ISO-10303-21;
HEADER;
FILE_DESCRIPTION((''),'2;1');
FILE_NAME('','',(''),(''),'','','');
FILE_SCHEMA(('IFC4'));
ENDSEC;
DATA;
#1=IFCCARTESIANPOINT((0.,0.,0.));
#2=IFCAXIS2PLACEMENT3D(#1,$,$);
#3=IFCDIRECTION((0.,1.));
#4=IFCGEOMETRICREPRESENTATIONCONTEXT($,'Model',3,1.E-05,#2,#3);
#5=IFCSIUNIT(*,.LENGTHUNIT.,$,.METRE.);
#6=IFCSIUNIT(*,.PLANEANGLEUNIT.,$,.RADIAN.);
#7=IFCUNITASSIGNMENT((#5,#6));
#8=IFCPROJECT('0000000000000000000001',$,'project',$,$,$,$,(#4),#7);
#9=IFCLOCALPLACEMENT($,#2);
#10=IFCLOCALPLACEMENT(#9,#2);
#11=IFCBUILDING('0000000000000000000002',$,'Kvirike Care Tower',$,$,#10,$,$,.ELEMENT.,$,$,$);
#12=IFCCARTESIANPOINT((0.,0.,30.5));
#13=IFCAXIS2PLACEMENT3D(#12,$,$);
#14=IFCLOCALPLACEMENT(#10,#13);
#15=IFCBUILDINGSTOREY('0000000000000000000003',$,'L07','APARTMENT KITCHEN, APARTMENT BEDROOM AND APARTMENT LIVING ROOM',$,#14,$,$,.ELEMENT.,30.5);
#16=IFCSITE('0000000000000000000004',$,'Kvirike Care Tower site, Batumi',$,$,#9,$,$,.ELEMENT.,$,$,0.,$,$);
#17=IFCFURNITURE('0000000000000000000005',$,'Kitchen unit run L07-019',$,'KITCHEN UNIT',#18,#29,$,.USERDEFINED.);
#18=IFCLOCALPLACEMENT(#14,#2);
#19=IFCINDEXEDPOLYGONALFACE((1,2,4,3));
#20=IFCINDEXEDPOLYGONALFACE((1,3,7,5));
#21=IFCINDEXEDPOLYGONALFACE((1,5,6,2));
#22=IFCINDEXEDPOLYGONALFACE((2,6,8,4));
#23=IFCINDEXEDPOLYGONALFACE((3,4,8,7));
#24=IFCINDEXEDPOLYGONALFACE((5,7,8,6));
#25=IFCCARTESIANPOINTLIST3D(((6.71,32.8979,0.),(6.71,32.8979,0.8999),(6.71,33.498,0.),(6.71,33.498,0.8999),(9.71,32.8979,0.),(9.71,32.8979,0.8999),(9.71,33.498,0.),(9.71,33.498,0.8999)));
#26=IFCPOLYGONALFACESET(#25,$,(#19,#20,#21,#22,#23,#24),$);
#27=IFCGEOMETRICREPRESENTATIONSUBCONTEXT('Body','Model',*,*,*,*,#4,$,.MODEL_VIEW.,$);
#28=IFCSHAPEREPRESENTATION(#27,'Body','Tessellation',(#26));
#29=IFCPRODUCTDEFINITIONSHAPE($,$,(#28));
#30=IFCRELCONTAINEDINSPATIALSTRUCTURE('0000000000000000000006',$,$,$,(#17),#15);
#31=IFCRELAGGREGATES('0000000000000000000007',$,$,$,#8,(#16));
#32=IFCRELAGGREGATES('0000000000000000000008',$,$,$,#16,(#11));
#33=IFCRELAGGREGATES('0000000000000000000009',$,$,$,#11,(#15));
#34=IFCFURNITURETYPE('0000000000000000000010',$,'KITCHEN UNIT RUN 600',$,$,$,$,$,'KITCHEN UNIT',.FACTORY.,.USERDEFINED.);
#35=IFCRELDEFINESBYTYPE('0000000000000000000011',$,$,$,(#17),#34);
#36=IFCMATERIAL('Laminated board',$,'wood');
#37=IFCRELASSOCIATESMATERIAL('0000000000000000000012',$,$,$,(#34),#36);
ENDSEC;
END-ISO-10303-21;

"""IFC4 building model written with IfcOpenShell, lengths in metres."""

from ifc_helpers import new_model, si_unit, direction, frame, origin, origin_2d, place, context, subcontext, project, spatial, rectangle, extrude, material, type_object, element, save


model = new_model("IFC4")

# Units and contexts
model_context = context("Model", 3, precision=1e-05, world=origin(), true_north=direction((0.0, 1.0)))
body_context = subcontext(model_context, "Body", "Model", "MODEL_VIEW")
ifc_project = project(units=[si_unit("LENGTHUNIT", "METRE"), si_unit("PLANEANGLEUNIT", "RADIAN")], contexts=[model_context])

# Site, building, storey
site_placement = place(None, origin())
site = spatial("IfcSite", under=ifc_project, at=site_placement, Name="Kvirike Care Tower site, Batumi", CompositionType="ELEMENT", RefElevation=0.0)
building_placement = place(site_placement, origin())
building = spatial("IfcBuilding", under=site, at=building_placement, Name="Kvirike Care Tower", CompositionType="ELEMENT")
storey_placement = place(building_placement, frame((0.0, 0.0, 30.5)))
storey = spatial("IfcBuildingStorey", under=building, at=storey_placement, Name="L07", Description="APARTMENT KITCHEN, APARTMENT BEDROOM AND APARTMENT LIVING ROOM", CompositionType="ELEMENT", Elevation=30.5)

# Furniture
ifc_material_1 = material(Name="Laminated board", Category="wood")
furniture_type = type_object("IfcFurnitureType", Name="KITCHEN UNIT RUN 600", ElementType="KITCHEN UNIT", AssemblyPlace="FACTORY", PredefinedType="USERDEFINED", material=ifc_material_1)
furniture_placement = place(storey_placement, frame((8.21, 33.198, 0.0), z_axis=(0.0, 0.0, 1.0), x_axis=(1.0, 0.0, 0.0)))
element("IfcFurniture", 1, at=furniture_placement, inside=storey, type_object=furniture_type, Name="Kitchen unit run L07-019", ObjectType="KITCHEN UNIT", PredefinedType="USERDEFINED", context=body_context, shape_type="SweptSolid", body=[
    extrude(rectangle(XDim=3.0, YDim=0.6001, at=origin_2d()), origin(), (0.0, 0.0, 1.0), 0.8999),
])

save(model, "model.ifc")
